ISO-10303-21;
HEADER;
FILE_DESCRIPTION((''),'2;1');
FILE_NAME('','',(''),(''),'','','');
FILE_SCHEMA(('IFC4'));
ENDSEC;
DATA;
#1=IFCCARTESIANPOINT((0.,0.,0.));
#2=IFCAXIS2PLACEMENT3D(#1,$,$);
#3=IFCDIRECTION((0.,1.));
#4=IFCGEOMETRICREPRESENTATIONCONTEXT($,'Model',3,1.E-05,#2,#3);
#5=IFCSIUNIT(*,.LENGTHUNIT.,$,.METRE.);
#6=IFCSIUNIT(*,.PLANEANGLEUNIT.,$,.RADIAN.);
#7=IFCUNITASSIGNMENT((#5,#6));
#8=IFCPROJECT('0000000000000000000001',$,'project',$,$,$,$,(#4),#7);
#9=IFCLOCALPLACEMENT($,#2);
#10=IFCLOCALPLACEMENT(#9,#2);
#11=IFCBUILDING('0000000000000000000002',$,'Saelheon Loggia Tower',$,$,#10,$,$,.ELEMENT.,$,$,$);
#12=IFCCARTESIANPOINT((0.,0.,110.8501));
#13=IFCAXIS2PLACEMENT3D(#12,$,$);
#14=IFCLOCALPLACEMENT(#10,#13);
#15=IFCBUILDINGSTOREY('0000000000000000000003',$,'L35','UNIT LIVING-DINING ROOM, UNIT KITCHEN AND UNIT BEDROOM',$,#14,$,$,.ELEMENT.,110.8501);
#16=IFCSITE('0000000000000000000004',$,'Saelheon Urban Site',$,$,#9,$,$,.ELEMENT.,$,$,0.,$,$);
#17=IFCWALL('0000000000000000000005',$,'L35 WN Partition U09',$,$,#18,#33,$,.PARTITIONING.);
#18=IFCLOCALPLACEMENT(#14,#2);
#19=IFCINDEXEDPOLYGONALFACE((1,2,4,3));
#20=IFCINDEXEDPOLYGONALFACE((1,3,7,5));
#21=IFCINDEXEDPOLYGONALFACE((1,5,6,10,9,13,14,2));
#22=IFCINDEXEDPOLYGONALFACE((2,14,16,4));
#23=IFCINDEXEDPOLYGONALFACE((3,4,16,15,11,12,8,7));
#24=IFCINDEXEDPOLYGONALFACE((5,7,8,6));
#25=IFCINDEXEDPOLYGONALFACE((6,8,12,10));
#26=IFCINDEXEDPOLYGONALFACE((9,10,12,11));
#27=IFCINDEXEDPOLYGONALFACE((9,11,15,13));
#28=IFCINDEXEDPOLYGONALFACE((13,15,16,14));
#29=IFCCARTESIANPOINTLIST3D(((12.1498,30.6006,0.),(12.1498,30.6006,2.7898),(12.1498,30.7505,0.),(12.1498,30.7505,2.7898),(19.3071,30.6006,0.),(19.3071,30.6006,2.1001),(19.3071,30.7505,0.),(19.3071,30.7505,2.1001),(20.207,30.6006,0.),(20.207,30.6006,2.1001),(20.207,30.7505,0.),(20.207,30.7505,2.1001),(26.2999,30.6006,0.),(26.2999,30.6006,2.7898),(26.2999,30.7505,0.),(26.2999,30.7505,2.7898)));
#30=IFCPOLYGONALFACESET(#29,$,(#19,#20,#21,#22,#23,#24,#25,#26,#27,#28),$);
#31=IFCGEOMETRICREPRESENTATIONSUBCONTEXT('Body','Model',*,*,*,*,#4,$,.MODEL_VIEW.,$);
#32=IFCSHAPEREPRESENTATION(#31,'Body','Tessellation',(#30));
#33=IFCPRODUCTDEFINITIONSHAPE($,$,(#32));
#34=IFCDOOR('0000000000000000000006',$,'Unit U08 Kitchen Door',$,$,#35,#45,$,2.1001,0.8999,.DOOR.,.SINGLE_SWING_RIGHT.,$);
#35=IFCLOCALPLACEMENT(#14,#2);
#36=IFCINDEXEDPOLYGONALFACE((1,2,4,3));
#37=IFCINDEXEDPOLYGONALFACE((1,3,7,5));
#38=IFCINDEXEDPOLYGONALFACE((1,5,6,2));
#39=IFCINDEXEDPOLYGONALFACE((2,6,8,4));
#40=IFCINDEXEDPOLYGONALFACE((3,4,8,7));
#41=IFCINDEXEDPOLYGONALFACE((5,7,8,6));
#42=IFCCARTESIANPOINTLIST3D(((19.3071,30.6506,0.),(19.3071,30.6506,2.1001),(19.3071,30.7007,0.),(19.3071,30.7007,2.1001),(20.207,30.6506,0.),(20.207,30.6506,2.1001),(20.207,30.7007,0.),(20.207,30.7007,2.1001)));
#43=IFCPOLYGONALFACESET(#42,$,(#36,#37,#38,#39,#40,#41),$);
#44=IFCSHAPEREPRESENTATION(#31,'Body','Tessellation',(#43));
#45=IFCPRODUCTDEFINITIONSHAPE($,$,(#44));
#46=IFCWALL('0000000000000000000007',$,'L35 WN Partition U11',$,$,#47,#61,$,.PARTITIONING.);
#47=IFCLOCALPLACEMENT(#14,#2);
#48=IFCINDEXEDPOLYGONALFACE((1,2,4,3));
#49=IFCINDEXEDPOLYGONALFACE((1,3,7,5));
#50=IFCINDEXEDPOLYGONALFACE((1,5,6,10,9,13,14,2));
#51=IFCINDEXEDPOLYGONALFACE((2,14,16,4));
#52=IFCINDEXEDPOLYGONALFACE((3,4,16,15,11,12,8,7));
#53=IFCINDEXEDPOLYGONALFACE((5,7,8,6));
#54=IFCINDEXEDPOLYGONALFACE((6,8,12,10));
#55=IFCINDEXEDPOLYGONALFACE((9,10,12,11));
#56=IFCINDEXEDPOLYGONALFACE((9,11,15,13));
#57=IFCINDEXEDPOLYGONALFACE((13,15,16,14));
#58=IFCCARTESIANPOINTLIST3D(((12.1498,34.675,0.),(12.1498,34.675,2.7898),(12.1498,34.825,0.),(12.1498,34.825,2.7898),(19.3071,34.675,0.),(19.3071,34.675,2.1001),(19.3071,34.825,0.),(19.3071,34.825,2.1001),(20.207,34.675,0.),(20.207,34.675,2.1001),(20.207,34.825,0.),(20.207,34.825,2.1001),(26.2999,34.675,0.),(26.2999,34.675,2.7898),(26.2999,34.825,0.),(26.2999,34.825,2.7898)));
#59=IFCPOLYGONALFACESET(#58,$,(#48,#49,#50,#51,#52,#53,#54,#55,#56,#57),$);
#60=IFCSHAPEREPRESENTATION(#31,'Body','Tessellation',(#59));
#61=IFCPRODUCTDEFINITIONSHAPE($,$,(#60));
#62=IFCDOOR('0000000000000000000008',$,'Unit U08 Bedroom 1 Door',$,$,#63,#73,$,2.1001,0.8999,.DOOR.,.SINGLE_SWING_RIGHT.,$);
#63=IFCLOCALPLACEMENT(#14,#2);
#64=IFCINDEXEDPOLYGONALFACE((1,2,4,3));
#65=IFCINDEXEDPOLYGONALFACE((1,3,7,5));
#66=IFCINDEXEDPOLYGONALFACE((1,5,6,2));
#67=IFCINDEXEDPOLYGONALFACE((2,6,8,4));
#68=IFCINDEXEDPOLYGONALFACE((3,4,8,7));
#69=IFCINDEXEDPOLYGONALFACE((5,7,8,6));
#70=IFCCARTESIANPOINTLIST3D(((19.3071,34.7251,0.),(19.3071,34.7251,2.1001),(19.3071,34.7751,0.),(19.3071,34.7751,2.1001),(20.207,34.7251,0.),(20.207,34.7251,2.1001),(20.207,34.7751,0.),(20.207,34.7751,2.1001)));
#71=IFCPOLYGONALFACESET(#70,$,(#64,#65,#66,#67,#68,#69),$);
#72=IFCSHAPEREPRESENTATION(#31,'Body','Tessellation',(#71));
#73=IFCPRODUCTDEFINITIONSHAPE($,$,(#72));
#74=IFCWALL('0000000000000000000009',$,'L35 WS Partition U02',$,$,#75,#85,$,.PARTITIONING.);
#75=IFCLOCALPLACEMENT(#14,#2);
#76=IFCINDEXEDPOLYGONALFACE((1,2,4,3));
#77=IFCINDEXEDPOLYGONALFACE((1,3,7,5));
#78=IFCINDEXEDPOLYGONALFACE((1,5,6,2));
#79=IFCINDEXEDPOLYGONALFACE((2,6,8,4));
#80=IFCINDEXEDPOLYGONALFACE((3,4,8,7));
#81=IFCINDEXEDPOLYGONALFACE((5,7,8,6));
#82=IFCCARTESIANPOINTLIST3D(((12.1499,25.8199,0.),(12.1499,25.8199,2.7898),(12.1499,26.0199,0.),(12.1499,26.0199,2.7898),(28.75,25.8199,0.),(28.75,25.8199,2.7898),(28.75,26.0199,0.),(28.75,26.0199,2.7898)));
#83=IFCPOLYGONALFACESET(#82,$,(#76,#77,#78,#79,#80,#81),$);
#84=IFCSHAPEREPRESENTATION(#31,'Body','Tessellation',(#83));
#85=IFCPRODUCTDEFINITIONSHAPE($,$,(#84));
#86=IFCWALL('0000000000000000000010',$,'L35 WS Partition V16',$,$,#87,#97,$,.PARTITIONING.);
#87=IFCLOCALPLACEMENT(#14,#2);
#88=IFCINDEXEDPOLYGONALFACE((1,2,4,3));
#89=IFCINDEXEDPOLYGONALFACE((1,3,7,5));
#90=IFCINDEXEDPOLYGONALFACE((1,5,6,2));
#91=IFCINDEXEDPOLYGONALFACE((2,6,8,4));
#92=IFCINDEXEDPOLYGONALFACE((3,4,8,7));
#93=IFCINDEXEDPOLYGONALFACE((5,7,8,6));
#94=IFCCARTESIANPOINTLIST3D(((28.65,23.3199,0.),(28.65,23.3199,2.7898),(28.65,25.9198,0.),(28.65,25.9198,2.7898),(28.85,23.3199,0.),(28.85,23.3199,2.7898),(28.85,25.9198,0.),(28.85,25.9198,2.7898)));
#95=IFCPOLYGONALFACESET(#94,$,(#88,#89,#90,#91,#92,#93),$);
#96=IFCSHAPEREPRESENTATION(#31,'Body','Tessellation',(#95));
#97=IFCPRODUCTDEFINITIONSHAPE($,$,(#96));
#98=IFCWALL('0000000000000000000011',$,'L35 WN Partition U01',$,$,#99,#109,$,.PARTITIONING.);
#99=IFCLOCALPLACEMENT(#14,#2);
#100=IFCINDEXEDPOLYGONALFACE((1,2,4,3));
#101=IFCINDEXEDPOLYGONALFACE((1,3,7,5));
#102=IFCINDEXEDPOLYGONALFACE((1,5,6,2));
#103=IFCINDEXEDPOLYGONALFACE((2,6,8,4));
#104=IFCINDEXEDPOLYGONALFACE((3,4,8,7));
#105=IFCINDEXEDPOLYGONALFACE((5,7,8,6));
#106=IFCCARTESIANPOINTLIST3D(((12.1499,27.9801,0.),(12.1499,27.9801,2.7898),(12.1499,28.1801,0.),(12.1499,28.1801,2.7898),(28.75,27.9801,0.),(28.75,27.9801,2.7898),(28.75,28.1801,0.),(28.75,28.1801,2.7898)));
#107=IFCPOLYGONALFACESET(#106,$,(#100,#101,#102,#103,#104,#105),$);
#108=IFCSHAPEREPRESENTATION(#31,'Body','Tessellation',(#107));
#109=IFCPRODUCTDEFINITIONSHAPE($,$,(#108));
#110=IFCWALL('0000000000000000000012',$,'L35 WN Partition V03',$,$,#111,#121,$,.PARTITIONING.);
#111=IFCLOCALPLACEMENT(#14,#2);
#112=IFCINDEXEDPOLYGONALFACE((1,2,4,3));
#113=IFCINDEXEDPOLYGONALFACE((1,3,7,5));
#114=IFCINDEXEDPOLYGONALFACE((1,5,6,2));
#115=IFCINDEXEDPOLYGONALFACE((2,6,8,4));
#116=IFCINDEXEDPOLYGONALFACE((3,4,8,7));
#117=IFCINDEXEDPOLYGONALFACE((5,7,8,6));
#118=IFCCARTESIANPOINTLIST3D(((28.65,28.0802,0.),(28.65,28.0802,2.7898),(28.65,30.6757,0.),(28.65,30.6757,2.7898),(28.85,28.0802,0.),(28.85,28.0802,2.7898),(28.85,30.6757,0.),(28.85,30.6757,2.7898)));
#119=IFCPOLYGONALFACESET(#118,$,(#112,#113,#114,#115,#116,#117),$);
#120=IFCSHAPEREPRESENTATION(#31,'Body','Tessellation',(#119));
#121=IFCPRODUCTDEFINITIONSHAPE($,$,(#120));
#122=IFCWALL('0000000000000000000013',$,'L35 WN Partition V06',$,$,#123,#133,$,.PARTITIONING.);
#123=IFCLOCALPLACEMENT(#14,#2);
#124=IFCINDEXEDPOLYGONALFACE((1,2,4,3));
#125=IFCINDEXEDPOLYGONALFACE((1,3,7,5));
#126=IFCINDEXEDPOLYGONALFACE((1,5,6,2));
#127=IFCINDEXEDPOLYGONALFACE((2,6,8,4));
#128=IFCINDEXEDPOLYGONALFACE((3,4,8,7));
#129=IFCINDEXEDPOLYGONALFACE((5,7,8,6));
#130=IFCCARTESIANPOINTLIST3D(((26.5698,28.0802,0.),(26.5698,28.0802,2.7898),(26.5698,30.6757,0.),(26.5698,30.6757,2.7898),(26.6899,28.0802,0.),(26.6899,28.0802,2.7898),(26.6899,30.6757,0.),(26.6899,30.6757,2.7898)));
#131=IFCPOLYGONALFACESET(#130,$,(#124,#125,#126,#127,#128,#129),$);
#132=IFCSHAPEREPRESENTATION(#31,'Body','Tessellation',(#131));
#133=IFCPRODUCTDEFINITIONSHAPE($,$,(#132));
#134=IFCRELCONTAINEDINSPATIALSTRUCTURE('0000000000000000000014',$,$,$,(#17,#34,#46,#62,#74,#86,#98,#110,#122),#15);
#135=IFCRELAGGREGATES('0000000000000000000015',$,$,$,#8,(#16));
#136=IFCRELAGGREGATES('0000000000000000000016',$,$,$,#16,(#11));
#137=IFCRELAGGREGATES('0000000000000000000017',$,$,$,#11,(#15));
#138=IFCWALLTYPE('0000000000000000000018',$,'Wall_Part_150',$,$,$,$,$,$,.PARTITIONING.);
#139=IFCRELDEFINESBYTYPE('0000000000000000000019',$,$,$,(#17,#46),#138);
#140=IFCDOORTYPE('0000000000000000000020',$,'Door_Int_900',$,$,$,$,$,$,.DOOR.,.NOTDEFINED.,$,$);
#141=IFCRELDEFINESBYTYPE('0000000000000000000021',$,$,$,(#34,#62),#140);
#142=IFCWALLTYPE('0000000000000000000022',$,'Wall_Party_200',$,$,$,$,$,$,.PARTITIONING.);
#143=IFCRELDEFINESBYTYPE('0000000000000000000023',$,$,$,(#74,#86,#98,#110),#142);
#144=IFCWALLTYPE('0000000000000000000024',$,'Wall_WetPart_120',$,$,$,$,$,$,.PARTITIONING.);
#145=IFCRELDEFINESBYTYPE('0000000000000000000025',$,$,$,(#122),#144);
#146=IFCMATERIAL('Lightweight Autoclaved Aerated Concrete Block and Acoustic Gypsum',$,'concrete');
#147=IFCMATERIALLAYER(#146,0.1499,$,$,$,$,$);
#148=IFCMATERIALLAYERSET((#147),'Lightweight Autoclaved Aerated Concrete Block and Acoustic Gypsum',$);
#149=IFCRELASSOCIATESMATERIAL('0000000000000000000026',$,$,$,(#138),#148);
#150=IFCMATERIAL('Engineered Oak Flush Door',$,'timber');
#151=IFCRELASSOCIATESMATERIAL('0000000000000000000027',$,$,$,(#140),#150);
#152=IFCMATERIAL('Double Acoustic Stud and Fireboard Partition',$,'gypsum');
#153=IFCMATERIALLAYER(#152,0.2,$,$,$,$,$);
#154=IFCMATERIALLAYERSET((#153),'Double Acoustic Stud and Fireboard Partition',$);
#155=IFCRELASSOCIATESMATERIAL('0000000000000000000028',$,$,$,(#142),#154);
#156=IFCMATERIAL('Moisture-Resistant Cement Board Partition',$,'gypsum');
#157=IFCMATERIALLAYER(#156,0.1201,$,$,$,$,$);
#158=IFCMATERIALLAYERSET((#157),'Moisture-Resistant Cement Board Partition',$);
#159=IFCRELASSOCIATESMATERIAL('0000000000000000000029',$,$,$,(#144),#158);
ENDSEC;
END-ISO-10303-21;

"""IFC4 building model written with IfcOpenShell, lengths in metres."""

from ifc_helpers import new_model, si_unit, direction, frame, frame_2d, origin, place, context, subcontext, project, spatial, rectangle, extrude, source, transform, mapped, material, layer, layer_set, type_object, element, fill, save


model = new_model("IFC4")

# Units and contexts
model_context = context("Model", 3, precision=1e-05, world=origin(), true_north=direction((0.0, 1.0)))
body_context = subcontext(model_context, "Body", "Model", "MODEL_VIEW")
ifc_project = project(units=[si_unit("LENGTHUNIT", "METRE"), si_unit("PLANEANGLEUNIT", "RADIAN")], contexts=[model_context])

# Site, building, storey
site_placement = place(None, origin())
site = spatial("IfcSite", under=ifc_project, at=site_placement, Name="Saelheon Urban Site", CompositionType="ELEMENT", RefElevation=0.0)
building_placement = place(site_placement, origin())
building = spatial("IfcBuilding", under=site, at=building_placement, Name="Saelheon Loggia Tower", CompositionType="ELEMENT")
storey_placement = place(building_placement, frame((0.0, 0.0, 110.8501)))
storey = spatial("IfcBuildingStorey", under=building, at=storey_placement, Name="L35", Description="UNIT LIVING-DINING ROOM, UNIT KITCHEN AND UNIT BEDROOM", CompositionType="ELEMENT", Elevation=110.8501)

# Shared definitions
ifc_material_1 = material(Name="Lightweight Autoclaved Aerated Concrete Block and Acoustic Gypsum", Category="concrete")
ifc_layer_1 = layer(ifc_material_1, 0.1499)
ifc_layer_set_1 = layer_set([ifc_layer_1], Name="Lightweight Autoclaved Aerated Concrete Block and Acoustic Gypsum")
wall_type_1 = type_object("IfcWallType", Name="Wall_Part_150", PredefinedType="PARTITIONING", material=ifc_layer_set_1)

# Shared definitions
ifc_material_2 = material(Name="Engineered Oak Flush Door", Category="timber")
door_type_1 = type_object("IfcDoorType", Name="Door_Int_900", OperationType="NOTDEFINED", PredefinedType="DOOR", material=ifc_material_2)
shared_shape_1 = source(origin(), body_context, "Body", "SweptSolid", [
    extrude(rectangle(XDim=0.8999, YDim=2.1001, at=frame_2d((0.45, 1.05))), frame((0.0, 0.0249, 0.0), z_axis=(0.0, -1.0, 0.0), x_axis=(1.0, 0.0, 0.0)), (0.0, 0.0, 1.0), 0.05),
])

# Walls, openings, doors
wall_1_placement = place(storey_placement, frame((26.3, 30.6755, 0.0), z_axis=(0.0, 0.0, 1.0), x_axis=(-1.0, 0.0, 0.0)))
wall_1 = element("IfcWall", 1, at=wall_1_placement, inside=storey, type_object=wall_type_1, Name="L35 WN Partition U09", PredefinedType="PARTITIONING", context=body_context, shape_type="SweptSolid", body=[
    extrude(rectangle(XDim=14.1501, YDim=0.1499, at=frame_2d((7.0752, 0.0))), origin(), (0.0, 0.0, 1.0), 2.7898),
])
opening_1_placement = place(wall_1_placement, frame((6.093, 0.0, 0.0)))
opening_1 = element("IfcOpeningElement", 2, at=opening_1_placement, cuts=wall_1, PredefinedType="OPENING", context=body_context, shape_type="SweptSolid", body=[
    extrude(rectangle(XDim=0.8999, YDim=2.1001, at=frame_2d((0.45, 1.05))), frame((0.0, 0.0869, 0.0), z_axis=(0.0, -1.0, 0.0), x_axis=(1.0, 0.0, 0.0)), (0.0, 0.0, 1.0), 0.1738),
])
door_1_placement = place(opening_1_placement, origin())
door_1 = element("IfcDoor", 3, at=door_1_placement, inside=storey, type_object=door_type_1, Name="Unit U08 Kitchen Door", OperationType="SINGLE_SWING_RIGHT", OverallHeight=2.1001, OverallWidth=0.8999, PredefinedType="DOOR", context=body_context, shape_type="MappedRepresentation", body=[
    mapped(shared_shape_1, transform((0.0, 0.0, 0.0), scale=1.0)),
])
fill(opening_1, door_1)
wall_2_placement = place(storey_placement, frame((26.3, 34.75, 0.0), z_axis=(0.0, 0.0, 1.0), x_axis=(-1.0, 0.0, 0.0)))
wall_2 = element("IfcWall", 4, at=wall_2_placement, inside=storey, type_object=wall_type_1, Name="L35 WN Partition U11", PredefinedType="PARTITIONING", context=body_context, shape_type="SweptSolid", body=[
    extrude(rectangle(XDim=14.1501, YDim=0.1499, at=frame_2d((7.0752, 0.0))), origin(), (0.0, 0.0, 1.0), 2.7898),
])
opening_2_placement = place(wall_2_placement, frame((6.093, 0.0, 0.0)))
opening_2 = element("IfcOpeningElement", 5, at=opening_2_placement, cuts=wall_2, PredefinedType="OPENING", context=body_context, shape_type="SweptSolid", body=[
    extrude(rectangle(XDim=0.8999, YDim=2.1001, at=frame_2d((0.45, 1.05))), frame((0.0, 0.0869, 0.0), z_axis=(0.0, -1.0, 0.0), x_axis=(1.0, 0.0, 0.0)), (0.0, 0.0, 1.0), 0.1738),
])
door_2_placement = place(opening_2_placement, origin())
door_2 = element("IfcDoor", 6, at=door_2_placement, inside=storey, type_object=door_type_1, Name="Unit U08 Bedroom 1 Door", OperationType="SINGLE_SWING_RIGHT", OverallHeight=2.1001, OverallWidth=0.8999, PredefinedType="DOOR", context=body_context, shape_type="MappedRepresentation", body=[
    mapped(shared_shape_1, transform((0.0, 0.0, 0.0), scale=1.0)),
])
fill(opening_2, door_2)

# Walls
ifc_material_3 = material(Name="Double Acoustic Stud and Fireboard Partition", Category="gypsum")
ifc_layer_2 = layer(ifc_material_3, 0.2)
ifc_layer_set_2 = layer_set([ifc_layer_2], Name="Double Acoustic Stud and Fireboard Partition")
wall_type_2 = type_object("IfcWallType", Name="Wall_Party_200", PredefinedType="PARTITIONING", material=ifc_layer_set_2)
wall_3_placement = place(storey_placement, frame((28.75, 25.9199, 0.0), z_axis=(0.0, 0.0, 1.0), x_axis=(-1.0, 0.0, 0.0)))
element("IfcWall", 7, at=wall_3_placement, inside=storey, type_object=wall_type_2, Name="L35 WS Partition U02", PredefinedType="PARTITIONING", context=body_context, shape_type="SweptSolid", body=[
    extrude(rectangle(XDim=16.6001, YDim=0.2, at=frame_2d((8.3, 0.0))), origin(), (0.0, 0.0, 1.0), 2.7898),
])
wall_4_placement = place(storey_placement, frame((28.75, 23.3201, 0.0), z_axis=(0.0, 0.0, 1.0), x_axis=(0.0, 1.0, 0.0)))
element("IfcWall", 8, at=wall_4_placement, inside=storey, type_object=wall_type_2, Name="L35 WS Partition V16", PredefinedType="PARTITIONING", context=body_context, shape_type="SweptSolid", body=[
    extrude(rectangle(XDim=2.5999, YDim=0.2, at=frame_2d((1.2998, 0.0))), origin(), (0.0, 0.0, 1.0), 2.7898),
])
wall_5_placement = place(storey_placement, frame((28.75, 28.0801, 0.0), z_axis=(0.0, 0.0, 1.0), x_axis=(-1.0, 0.0, 0.0)))
element("IfcWall", 9, at=wall_5_placement, inside=storey, type_object=wall_type_2, Name="L35 WN Partition U01", PredefinedType="PARTITIONING", context=body_context, shape_type="SweptSolid", body=[
    extrude(rectangle(XDim=16.6001, YDim=0.2, at=frame_2d((8.3, 0.0))), origin(), (0.0, 0.0, 1.0), 2.7898),
])
wall_6_placement = place(storey_placement, frame((28.75, 28.0801, 0.0), z_axis=(0.0, 0.0, 1.0), x_axis=(0.0, 1.0, 0.0)))
element("IfcWall", 10, at=wall_6_placement, inside=storey, type_object=wall_type_2, Name="L35 WN Partition V03", PredefinedType="PARTITIONING", context=body_context, shape_type="SweptSolid", body=[
    extrude(rectangle(XDim=2.5955, YDim=0.2, at=frame_2d((1.2979, 0.0))), origin(), (0.0, 0.0, 1.0), 2.7898),
])

# Wall
ifc_material_4 = material(Name="Moisture-Resistant Cement Board Partition", Category="gypsum")
ifc_layer_3 = layer(ifc_material_4, 0.1201)
ifc_layer_set_3 = layer_set([ifc_layer_3], Name="Moisture-Resistant Cement Board Partition")
wall_type_3 = type_object("IfcWallType", Name="Wall_WetPart_120", PredefinedType="PARTITIONING", material=ifc_layer_set_3)
wall_7_placement = place(storey_placement, frame((26.6299, 28.0801, 0.0), z_axis=(0.0, 0.0, 1.0), x_axis=(0.0, 1.0, 0.0)))
element("IfcWall", 11, at=wall_7_placement, inside=storey, type_object=wall_type_3, Name="L35 WN Partition V06", PredefinedType="PARTITIONING", context=body_context, shape_type="SweptSolid", body=[
    extrude(rectangle(XDim=2.5955, YDim=0.1201, at=frame_2d((1.2979, 0.0))), origin(), (0.0, 0.0, 1.0), 2.7898),
])

save(model, "model.ifc")
